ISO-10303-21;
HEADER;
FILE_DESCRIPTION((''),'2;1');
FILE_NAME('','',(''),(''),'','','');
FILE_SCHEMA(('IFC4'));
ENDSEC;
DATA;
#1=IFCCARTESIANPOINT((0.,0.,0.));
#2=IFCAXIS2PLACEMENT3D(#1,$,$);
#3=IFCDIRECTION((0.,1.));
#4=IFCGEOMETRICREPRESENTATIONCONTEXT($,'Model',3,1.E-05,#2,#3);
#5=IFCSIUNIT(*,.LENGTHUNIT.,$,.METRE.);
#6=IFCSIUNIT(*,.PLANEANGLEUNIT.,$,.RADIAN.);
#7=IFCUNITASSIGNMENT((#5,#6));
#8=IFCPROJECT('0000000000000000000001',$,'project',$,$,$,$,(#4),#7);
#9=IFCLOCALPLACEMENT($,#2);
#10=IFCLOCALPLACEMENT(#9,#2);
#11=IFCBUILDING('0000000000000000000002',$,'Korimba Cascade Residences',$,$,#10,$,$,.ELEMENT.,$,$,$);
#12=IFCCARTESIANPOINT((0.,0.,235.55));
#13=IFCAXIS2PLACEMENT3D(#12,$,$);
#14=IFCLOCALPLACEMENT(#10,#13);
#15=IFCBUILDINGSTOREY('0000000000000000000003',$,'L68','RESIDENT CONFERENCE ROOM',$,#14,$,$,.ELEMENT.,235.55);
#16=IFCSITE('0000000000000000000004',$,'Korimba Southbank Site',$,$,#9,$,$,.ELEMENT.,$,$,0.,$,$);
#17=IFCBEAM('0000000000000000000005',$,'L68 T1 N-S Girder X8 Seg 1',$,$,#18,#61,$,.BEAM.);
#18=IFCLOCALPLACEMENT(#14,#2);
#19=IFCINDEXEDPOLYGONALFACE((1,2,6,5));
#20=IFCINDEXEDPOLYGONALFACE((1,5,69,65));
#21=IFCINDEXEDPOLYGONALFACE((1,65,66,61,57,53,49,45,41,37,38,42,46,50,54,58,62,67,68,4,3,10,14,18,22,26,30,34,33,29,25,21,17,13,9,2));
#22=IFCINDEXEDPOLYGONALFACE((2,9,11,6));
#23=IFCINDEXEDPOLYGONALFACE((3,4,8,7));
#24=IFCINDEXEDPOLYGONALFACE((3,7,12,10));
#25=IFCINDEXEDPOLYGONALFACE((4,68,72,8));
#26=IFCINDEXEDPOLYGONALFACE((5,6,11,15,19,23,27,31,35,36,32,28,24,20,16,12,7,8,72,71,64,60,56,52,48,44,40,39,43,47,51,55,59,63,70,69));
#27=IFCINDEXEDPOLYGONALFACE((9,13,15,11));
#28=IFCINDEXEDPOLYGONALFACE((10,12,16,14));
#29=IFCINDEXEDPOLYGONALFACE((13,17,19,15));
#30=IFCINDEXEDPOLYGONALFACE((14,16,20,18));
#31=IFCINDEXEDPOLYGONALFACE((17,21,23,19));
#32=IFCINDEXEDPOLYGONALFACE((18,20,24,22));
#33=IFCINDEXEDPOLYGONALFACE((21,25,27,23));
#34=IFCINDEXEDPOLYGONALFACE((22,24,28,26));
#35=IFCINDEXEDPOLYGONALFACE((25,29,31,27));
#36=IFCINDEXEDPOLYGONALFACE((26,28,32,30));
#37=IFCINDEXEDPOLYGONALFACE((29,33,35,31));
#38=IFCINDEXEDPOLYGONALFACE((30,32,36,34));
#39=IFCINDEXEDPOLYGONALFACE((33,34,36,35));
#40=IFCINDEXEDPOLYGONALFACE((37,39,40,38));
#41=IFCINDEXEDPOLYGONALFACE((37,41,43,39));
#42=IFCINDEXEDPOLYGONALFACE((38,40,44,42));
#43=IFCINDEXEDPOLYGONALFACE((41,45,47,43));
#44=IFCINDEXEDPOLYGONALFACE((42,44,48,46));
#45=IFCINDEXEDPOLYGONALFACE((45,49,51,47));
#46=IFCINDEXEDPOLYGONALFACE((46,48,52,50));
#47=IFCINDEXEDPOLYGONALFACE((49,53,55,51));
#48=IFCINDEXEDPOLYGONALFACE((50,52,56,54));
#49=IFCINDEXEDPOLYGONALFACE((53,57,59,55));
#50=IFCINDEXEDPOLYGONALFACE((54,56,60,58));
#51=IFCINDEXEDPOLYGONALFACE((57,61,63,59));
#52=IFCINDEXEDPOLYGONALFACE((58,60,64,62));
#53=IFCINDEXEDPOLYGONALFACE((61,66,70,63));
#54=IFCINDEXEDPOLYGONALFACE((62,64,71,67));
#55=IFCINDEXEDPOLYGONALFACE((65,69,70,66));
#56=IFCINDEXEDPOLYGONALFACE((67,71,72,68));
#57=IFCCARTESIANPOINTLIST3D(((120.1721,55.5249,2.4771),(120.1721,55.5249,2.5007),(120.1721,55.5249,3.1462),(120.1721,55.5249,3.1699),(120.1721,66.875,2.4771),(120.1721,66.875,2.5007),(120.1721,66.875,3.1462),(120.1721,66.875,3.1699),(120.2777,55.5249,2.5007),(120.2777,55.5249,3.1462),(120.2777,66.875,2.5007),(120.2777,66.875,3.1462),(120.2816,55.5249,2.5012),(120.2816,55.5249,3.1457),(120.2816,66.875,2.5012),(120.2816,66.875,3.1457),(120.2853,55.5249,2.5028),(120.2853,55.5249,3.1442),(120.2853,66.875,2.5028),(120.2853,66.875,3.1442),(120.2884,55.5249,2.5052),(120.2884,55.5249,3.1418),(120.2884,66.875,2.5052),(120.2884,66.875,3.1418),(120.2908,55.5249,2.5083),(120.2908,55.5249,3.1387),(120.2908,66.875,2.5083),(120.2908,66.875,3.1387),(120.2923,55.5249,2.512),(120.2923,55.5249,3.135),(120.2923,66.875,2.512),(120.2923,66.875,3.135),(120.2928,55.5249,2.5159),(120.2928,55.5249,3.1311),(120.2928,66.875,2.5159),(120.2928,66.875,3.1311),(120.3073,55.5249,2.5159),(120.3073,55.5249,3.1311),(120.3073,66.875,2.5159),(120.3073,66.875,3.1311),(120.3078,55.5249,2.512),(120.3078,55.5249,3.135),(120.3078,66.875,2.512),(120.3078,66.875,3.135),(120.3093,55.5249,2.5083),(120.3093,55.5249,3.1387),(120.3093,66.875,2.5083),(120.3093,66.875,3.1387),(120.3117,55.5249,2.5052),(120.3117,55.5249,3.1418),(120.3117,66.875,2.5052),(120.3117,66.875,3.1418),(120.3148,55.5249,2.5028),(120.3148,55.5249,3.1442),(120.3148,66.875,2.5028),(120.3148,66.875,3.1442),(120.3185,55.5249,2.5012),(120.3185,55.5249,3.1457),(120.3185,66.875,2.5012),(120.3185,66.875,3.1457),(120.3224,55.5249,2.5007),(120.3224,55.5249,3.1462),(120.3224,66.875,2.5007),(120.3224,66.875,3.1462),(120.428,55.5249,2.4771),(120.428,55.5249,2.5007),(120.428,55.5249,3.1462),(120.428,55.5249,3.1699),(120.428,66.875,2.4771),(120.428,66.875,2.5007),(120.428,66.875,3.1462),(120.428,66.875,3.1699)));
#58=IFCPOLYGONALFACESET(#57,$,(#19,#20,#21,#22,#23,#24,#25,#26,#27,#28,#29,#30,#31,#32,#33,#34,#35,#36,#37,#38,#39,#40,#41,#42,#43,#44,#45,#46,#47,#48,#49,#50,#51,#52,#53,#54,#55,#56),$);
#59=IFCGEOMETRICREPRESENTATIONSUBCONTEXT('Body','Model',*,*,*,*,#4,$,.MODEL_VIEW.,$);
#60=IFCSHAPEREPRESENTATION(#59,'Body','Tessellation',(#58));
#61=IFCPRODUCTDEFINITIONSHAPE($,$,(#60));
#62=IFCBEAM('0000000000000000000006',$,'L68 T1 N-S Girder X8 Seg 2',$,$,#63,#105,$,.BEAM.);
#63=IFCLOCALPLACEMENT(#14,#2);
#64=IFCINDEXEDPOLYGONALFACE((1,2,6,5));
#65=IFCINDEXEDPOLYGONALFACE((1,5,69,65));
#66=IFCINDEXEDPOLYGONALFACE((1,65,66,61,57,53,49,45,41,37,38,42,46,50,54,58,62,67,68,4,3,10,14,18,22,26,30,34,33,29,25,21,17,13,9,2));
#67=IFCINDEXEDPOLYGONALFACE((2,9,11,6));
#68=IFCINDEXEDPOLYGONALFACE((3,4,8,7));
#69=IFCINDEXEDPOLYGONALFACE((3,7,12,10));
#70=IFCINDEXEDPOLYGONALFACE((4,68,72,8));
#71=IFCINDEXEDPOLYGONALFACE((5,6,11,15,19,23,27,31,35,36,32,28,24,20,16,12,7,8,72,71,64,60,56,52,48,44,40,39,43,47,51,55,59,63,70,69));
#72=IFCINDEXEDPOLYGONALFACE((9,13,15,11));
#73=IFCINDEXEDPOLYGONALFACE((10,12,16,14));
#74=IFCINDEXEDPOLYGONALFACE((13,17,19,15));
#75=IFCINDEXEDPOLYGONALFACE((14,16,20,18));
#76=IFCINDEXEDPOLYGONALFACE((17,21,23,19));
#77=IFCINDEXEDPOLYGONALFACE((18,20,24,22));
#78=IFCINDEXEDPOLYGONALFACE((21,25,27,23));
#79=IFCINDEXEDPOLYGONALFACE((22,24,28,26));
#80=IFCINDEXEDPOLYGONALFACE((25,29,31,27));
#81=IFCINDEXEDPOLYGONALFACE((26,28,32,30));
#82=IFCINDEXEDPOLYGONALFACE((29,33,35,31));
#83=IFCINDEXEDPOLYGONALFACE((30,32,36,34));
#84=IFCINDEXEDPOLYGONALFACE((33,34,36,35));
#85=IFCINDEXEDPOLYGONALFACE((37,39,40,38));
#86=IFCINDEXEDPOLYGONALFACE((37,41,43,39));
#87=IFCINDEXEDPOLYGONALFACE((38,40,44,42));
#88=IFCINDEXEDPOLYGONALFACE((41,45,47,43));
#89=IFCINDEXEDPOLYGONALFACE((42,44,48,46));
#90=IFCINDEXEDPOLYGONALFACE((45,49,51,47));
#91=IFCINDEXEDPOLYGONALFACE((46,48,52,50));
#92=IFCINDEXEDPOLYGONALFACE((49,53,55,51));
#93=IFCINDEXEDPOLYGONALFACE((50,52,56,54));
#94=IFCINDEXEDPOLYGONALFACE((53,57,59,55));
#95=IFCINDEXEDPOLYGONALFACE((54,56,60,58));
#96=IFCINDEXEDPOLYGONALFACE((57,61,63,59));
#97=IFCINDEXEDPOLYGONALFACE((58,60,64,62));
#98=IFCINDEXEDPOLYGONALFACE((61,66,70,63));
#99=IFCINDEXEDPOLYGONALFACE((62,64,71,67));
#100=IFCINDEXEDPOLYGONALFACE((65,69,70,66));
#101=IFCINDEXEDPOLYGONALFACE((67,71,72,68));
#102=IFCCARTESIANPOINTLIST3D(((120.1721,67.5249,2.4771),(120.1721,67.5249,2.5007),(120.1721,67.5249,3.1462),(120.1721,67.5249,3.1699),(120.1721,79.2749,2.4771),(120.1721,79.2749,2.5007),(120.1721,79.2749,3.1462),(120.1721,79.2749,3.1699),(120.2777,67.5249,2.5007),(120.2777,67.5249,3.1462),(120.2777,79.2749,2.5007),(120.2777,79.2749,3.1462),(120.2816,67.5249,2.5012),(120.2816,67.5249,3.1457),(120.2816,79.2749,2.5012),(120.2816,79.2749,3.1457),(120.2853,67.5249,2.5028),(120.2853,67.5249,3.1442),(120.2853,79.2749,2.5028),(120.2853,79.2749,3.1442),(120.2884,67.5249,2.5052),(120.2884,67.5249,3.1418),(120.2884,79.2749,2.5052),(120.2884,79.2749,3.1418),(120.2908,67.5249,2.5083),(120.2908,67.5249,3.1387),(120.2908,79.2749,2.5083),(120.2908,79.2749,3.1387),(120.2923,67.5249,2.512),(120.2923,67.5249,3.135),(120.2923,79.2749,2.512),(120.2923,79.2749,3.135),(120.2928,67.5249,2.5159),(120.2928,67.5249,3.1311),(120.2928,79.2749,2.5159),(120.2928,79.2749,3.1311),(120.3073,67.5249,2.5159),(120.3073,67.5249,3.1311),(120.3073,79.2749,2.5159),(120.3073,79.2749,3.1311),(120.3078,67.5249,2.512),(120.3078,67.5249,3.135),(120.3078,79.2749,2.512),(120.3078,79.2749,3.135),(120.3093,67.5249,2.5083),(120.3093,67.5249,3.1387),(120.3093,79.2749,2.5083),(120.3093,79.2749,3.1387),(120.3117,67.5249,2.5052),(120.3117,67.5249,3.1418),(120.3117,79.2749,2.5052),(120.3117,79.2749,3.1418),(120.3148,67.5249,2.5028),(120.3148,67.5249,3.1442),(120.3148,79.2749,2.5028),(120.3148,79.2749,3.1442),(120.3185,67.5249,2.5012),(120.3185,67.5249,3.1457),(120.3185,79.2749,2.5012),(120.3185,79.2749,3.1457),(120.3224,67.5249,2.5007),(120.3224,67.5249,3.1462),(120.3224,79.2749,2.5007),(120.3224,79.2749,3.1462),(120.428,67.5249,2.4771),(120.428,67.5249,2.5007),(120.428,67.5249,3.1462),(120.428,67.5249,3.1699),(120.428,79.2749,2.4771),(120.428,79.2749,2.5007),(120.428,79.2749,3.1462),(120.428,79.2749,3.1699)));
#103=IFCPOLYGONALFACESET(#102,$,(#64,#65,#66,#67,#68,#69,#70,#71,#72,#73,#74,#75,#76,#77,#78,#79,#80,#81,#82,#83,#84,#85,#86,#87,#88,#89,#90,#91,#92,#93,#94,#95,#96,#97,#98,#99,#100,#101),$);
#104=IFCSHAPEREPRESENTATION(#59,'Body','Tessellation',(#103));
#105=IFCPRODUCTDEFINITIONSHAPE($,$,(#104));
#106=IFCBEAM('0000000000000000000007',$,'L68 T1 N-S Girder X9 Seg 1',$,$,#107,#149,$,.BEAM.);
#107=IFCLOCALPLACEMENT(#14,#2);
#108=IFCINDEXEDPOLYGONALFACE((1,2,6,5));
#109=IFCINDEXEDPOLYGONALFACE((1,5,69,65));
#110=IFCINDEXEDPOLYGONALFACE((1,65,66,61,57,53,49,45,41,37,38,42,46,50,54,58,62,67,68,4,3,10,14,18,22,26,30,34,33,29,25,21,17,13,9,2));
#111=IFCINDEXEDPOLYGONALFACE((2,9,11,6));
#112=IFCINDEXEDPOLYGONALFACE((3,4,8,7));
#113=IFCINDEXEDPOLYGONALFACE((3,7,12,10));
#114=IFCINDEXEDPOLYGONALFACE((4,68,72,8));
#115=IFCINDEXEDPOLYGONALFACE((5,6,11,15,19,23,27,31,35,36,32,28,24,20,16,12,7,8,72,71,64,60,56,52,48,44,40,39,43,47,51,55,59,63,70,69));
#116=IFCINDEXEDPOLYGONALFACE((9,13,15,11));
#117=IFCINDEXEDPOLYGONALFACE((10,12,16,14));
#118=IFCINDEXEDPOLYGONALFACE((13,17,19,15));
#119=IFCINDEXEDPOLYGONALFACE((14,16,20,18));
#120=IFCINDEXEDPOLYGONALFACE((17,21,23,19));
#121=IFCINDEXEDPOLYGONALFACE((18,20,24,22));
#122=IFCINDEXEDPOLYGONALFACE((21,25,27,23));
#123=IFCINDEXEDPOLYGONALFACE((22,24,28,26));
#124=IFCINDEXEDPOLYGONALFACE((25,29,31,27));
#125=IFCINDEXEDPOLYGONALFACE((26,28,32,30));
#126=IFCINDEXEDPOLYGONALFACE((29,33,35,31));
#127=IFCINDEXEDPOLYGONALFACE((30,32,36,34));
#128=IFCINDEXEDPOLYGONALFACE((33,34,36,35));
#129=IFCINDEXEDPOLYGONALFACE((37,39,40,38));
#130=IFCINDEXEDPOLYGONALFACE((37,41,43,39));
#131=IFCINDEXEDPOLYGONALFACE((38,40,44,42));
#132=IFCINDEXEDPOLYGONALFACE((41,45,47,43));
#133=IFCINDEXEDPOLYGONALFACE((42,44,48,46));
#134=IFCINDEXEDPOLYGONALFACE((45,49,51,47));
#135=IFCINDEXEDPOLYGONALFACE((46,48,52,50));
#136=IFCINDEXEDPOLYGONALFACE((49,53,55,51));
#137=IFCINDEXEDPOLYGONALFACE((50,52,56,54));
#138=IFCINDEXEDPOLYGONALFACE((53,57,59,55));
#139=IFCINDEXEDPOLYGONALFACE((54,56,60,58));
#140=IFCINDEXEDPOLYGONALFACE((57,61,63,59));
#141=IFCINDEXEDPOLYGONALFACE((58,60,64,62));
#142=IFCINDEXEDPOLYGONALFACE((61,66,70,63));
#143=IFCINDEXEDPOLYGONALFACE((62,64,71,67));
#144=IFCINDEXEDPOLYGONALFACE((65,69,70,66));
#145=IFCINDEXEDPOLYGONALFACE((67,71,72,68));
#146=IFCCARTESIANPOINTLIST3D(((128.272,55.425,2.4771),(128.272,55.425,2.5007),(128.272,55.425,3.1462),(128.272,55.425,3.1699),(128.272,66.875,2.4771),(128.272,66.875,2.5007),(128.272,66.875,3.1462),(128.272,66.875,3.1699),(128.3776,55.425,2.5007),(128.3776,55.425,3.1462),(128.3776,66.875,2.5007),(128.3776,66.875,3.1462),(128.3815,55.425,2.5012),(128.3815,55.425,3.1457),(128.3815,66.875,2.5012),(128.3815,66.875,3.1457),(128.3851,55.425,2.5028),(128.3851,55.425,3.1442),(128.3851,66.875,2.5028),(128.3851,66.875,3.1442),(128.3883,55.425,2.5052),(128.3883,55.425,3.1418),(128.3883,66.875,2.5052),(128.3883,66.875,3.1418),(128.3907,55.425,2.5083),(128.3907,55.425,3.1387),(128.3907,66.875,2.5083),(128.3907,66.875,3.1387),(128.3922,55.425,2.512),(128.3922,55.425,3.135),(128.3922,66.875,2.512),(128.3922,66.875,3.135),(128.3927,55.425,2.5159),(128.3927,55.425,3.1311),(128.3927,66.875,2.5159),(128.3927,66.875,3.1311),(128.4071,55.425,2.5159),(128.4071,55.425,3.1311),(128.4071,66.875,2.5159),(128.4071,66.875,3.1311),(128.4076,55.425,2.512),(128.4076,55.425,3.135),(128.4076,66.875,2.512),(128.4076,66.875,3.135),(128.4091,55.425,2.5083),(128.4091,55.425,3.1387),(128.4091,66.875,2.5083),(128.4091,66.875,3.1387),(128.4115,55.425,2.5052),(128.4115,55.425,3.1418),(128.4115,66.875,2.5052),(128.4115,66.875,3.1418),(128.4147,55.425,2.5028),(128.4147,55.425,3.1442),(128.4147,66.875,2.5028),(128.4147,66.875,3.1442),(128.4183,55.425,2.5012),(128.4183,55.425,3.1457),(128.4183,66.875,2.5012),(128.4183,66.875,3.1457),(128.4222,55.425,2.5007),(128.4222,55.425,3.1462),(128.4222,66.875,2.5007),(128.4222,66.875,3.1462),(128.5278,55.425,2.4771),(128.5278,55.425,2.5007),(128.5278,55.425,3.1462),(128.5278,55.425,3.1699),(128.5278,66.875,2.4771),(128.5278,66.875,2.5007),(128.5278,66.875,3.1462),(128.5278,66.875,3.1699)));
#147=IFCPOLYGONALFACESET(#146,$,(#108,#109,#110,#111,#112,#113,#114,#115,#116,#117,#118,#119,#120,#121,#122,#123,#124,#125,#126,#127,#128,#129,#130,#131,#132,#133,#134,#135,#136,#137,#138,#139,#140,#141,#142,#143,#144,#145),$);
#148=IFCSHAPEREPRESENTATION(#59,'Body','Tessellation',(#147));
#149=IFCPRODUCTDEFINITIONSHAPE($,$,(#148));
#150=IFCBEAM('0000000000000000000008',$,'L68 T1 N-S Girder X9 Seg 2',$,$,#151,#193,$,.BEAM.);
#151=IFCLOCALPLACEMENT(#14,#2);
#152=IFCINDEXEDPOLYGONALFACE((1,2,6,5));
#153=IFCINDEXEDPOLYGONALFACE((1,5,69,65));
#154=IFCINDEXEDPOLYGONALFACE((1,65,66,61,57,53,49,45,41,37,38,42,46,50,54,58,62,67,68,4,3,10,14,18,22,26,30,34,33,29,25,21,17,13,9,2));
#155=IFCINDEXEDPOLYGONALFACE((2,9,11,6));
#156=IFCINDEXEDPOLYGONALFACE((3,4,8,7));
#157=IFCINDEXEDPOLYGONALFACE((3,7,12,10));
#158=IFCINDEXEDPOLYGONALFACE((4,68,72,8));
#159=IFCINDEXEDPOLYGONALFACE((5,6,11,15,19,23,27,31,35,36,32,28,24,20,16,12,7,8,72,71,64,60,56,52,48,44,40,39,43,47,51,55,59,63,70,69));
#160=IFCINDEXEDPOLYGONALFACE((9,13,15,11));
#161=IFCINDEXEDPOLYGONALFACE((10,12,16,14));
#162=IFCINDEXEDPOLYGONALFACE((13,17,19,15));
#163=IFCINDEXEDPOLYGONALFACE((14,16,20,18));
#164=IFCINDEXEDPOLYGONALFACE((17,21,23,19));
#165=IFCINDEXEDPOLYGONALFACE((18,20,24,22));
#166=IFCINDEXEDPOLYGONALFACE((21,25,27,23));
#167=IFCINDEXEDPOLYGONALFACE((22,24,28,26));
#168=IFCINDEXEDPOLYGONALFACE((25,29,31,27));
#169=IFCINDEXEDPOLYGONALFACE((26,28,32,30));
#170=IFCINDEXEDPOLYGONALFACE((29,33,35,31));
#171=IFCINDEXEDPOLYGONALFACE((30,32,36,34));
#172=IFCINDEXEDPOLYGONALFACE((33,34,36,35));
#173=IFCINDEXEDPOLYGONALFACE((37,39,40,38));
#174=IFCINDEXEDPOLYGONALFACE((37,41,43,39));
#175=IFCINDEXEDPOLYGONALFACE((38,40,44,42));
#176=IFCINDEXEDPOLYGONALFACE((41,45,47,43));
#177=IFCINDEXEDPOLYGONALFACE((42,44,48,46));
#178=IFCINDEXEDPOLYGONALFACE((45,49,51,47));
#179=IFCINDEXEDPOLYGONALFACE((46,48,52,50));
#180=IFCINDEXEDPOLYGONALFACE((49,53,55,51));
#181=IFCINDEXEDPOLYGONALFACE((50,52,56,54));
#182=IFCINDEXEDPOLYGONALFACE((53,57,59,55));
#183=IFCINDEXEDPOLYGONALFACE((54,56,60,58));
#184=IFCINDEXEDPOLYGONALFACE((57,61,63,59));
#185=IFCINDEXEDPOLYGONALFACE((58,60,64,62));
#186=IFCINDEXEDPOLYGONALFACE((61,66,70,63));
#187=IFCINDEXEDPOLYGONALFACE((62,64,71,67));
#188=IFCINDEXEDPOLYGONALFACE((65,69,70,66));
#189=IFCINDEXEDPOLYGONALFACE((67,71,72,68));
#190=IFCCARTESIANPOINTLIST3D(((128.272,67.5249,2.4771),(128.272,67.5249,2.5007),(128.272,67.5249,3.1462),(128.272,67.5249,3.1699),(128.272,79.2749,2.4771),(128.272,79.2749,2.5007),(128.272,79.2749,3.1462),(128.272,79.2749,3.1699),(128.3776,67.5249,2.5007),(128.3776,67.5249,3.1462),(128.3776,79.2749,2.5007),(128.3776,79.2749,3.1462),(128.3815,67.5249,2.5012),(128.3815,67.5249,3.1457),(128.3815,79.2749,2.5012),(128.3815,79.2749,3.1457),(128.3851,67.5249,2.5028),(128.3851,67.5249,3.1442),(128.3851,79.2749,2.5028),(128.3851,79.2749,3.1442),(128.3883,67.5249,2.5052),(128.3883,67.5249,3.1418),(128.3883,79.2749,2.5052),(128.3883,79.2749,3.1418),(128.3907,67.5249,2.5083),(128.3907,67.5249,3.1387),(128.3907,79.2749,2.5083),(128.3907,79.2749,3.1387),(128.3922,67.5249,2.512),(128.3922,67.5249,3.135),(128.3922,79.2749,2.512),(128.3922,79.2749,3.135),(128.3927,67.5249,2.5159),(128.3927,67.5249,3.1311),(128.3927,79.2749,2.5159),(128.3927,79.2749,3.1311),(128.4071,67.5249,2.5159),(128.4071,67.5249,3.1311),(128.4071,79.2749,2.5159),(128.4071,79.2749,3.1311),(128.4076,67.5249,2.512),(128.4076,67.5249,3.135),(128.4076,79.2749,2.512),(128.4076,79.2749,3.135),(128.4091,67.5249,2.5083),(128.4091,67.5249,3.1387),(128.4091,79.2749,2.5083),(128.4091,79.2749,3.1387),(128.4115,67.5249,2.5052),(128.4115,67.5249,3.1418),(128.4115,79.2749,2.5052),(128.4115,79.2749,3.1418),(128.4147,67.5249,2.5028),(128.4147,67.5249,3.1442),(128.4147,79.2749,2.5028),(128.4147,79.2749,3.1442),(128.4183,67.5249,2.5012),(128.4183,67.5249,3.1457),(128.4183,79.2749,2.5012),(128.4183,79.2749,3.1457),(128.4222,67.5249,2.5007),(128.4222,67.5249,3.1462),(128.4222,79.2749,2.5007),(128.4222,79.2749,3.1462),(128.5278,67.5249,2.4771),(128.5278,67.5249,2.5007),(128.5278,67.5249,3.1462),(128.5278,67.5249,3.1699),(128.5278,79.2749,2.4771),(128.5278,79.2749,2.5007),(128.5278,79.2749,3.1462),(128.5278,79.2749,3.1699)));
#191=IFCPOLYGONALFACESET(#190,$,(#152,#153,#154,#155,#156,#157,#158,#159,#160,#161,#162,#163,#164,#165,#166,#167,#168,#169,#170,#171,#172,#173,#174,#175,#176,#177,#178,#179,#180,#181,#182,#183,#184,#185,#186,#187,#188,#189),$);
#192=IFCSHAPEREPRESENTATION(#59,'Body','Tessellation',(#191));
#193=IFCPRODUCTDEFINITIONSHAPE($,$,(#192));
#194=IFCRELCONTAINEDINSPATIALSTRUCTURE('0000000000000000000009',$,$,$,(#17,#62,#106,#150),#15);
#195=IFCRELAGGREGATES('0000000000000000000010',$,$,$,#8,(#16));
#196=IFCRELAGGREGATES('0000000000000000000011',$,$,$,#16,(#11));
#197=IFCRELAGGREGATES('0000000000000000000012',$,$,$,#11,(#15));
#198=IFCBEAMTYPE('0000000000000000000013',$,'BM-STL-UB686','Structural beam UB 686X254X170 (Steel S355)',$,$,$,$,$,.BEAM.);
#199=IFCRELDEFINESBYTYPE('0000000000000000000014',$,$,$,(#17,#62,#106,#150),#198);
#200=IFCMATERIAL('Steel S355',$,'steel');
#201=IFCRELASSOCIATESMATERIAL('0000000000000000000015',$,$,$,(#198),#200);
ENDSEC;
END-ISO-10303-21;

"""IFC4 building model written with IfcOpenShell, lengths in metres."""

from ifc_helpers import new_model, si_unit, direction, frame, origin, origin_2d, place, context, subcontext, project, spatial, i_section, extrude, material, material_profile, profile_set, type_object, element, save


model = new_model("IFC4")

# Units and contexts
model_context = context("Model", 3, precision=1e-05, world=origin(), true_north=direction((0.0, 1.0)))
body_context = subcontext(model_context, "Body", "Model", "MODEL_VIEW")
ifc_project = project(units=[si_unit("LENGTHUNIT", "METRE"), si_unit("PLANEANGLEUNIT", "RADIAN")], contexts=[model_context])

# Site, building, storey
site_placement = place(None, origin())
site = spatial("IfcSite", under=ifc_project, at=site_placement, Name="Korimba Southbank Site", CompositionType="ELEMENT", RefElevation=0.0)
building_placement = place(site_placement, origin())
building = spatial("IfcBuilding", under=site, at=building_placement, Name="Korimba Cascade Residences", CompositionType="ELEMENT")
storey_placement = place(building_placement, frame((0.0, 0.0, 235.55)))
storey = spatial("IfcBuildingStorey", under=building, at=storey_placement, Name="L68", Description="RESIDENT CONFERENCE ROOM", CompositionType="ELEMENT", Elevation=235.55)

# Beams
ifc_material_1 = material(Name="Steel S355", Category="steel")
ifc_material_profile_1 = material_profile(ifc_material_1, i_section(OverallWidth=0.2559, OverallDepth=0.6929, WebThickness=0.0144, FlangeThickness=0.0237, FilletRadius=0.0151, at=origin_2d()), Name="Steel S355")
ifc_profile_set_1 = profile_set([ifc_material_profile_1], Name="Steel S355")
beam_type_1 = type_object("IfcBeamType", Name="BM-STL-UB686", Description="Structural beam UB 686X254X170 (Steel S355)", PredefinedType="BEAM", material=ifc_profile_set_1)
beam_1_placement = place(storey_placement, frame((120.3, 55.5249, 2.8235), z_axis=(0.0, 1.0, 0.0), x_axis=(-1.0, 0.0, 0.0)))
element("IfcBeam", 1, at=beam_1_placement, inside=storey, type_object=beam_type_1, Name="L68 T1 N-S Girder X8 Seg 1", PredefinedType="BEAM", context=body_context, shape_type="SweptSolid", body=[
    extrude(i_section(OverallWidth=0.2559, OverallDepth=0.6929, WebThickness=0.0144, FlangeThickness=0.0237, FilletRadius=0.0151, at=origin_2d()), origin(), (0.0, 0.0, 1.0), 11.3501),
])
beam_2_placement = place(storey_placement, frame((120.3, 67.5249, 2.8235), z_axis=(0.0, 1.0, 0.0), x_axis=(-1.0, 0.0, 0.0)))
element("IfcBeam", 2, at=beam_2_placement, inside=storey, type_object=beam_type_1, Name="L68 T1 N-S Girder X8 Seg 2", PredefinedType="BEAM", context=body_context, shape_type="SweptSolid", body=[
    extrude(i_section(OverallWidth=0.2559, OverallDepth=0.6929, WebThickness=0.0144, FlangeThickness=0.0237, FilletRadius=0.0151, at=origin_2d()), origin(), (0.0, 0.0, 1.0), 11.75),
])
beam_3_placement = place(storey_placement, frame((128.3999, 55.425, 2.8235), z_axis=(0.0, 1.0, 0.0), x_axis=(-1.0, 0.0, 0.0)))
element("IfcBeam", 3, at=beam_3_placement, inside=storey, type_object=beam_type_1, Name="L68 T1 N-S Girder X9 Seg 1", PredefinedType="BEAM", context=body_context, shape_type="SweptSolid", body=[
    extrude(i_section(OverallWidth=0.2559, OverallDepth=0.6929, WebThickness=0.0144, FlangeThickness=0.0237, FilletRadius=0.0151, at=origin_2d()), origin(), (0.0, 0.0, 1.0), 11.45),
])
beam_4_placement = place(storey_placement, frame((128.3999, 67.5249, 2.8235), z_axis=(0.0, 1.0, 0.0), x_axis=(-1.0, 0.0, 0.0)))
element("IfcBeam", 4, at=beam_4_placement, inside=storey, type_object=beam_type_1, Name="L68 T1 N-S Girder X9 Seg 2", PredefinedType="BEAM", context=body_context, shape_type="SweptSolid", body=[
    extrude(i_section(OverallWidth=0.2559, OverallDepth=0.6929, WebThickness=0.0144, FlangeThickness=0.0237, FilletRadius=0.0151, at=origin_2d()), origin(), (0.0, 0.0, 1.0), 11.75),
])

save(model, "model.ifc")
